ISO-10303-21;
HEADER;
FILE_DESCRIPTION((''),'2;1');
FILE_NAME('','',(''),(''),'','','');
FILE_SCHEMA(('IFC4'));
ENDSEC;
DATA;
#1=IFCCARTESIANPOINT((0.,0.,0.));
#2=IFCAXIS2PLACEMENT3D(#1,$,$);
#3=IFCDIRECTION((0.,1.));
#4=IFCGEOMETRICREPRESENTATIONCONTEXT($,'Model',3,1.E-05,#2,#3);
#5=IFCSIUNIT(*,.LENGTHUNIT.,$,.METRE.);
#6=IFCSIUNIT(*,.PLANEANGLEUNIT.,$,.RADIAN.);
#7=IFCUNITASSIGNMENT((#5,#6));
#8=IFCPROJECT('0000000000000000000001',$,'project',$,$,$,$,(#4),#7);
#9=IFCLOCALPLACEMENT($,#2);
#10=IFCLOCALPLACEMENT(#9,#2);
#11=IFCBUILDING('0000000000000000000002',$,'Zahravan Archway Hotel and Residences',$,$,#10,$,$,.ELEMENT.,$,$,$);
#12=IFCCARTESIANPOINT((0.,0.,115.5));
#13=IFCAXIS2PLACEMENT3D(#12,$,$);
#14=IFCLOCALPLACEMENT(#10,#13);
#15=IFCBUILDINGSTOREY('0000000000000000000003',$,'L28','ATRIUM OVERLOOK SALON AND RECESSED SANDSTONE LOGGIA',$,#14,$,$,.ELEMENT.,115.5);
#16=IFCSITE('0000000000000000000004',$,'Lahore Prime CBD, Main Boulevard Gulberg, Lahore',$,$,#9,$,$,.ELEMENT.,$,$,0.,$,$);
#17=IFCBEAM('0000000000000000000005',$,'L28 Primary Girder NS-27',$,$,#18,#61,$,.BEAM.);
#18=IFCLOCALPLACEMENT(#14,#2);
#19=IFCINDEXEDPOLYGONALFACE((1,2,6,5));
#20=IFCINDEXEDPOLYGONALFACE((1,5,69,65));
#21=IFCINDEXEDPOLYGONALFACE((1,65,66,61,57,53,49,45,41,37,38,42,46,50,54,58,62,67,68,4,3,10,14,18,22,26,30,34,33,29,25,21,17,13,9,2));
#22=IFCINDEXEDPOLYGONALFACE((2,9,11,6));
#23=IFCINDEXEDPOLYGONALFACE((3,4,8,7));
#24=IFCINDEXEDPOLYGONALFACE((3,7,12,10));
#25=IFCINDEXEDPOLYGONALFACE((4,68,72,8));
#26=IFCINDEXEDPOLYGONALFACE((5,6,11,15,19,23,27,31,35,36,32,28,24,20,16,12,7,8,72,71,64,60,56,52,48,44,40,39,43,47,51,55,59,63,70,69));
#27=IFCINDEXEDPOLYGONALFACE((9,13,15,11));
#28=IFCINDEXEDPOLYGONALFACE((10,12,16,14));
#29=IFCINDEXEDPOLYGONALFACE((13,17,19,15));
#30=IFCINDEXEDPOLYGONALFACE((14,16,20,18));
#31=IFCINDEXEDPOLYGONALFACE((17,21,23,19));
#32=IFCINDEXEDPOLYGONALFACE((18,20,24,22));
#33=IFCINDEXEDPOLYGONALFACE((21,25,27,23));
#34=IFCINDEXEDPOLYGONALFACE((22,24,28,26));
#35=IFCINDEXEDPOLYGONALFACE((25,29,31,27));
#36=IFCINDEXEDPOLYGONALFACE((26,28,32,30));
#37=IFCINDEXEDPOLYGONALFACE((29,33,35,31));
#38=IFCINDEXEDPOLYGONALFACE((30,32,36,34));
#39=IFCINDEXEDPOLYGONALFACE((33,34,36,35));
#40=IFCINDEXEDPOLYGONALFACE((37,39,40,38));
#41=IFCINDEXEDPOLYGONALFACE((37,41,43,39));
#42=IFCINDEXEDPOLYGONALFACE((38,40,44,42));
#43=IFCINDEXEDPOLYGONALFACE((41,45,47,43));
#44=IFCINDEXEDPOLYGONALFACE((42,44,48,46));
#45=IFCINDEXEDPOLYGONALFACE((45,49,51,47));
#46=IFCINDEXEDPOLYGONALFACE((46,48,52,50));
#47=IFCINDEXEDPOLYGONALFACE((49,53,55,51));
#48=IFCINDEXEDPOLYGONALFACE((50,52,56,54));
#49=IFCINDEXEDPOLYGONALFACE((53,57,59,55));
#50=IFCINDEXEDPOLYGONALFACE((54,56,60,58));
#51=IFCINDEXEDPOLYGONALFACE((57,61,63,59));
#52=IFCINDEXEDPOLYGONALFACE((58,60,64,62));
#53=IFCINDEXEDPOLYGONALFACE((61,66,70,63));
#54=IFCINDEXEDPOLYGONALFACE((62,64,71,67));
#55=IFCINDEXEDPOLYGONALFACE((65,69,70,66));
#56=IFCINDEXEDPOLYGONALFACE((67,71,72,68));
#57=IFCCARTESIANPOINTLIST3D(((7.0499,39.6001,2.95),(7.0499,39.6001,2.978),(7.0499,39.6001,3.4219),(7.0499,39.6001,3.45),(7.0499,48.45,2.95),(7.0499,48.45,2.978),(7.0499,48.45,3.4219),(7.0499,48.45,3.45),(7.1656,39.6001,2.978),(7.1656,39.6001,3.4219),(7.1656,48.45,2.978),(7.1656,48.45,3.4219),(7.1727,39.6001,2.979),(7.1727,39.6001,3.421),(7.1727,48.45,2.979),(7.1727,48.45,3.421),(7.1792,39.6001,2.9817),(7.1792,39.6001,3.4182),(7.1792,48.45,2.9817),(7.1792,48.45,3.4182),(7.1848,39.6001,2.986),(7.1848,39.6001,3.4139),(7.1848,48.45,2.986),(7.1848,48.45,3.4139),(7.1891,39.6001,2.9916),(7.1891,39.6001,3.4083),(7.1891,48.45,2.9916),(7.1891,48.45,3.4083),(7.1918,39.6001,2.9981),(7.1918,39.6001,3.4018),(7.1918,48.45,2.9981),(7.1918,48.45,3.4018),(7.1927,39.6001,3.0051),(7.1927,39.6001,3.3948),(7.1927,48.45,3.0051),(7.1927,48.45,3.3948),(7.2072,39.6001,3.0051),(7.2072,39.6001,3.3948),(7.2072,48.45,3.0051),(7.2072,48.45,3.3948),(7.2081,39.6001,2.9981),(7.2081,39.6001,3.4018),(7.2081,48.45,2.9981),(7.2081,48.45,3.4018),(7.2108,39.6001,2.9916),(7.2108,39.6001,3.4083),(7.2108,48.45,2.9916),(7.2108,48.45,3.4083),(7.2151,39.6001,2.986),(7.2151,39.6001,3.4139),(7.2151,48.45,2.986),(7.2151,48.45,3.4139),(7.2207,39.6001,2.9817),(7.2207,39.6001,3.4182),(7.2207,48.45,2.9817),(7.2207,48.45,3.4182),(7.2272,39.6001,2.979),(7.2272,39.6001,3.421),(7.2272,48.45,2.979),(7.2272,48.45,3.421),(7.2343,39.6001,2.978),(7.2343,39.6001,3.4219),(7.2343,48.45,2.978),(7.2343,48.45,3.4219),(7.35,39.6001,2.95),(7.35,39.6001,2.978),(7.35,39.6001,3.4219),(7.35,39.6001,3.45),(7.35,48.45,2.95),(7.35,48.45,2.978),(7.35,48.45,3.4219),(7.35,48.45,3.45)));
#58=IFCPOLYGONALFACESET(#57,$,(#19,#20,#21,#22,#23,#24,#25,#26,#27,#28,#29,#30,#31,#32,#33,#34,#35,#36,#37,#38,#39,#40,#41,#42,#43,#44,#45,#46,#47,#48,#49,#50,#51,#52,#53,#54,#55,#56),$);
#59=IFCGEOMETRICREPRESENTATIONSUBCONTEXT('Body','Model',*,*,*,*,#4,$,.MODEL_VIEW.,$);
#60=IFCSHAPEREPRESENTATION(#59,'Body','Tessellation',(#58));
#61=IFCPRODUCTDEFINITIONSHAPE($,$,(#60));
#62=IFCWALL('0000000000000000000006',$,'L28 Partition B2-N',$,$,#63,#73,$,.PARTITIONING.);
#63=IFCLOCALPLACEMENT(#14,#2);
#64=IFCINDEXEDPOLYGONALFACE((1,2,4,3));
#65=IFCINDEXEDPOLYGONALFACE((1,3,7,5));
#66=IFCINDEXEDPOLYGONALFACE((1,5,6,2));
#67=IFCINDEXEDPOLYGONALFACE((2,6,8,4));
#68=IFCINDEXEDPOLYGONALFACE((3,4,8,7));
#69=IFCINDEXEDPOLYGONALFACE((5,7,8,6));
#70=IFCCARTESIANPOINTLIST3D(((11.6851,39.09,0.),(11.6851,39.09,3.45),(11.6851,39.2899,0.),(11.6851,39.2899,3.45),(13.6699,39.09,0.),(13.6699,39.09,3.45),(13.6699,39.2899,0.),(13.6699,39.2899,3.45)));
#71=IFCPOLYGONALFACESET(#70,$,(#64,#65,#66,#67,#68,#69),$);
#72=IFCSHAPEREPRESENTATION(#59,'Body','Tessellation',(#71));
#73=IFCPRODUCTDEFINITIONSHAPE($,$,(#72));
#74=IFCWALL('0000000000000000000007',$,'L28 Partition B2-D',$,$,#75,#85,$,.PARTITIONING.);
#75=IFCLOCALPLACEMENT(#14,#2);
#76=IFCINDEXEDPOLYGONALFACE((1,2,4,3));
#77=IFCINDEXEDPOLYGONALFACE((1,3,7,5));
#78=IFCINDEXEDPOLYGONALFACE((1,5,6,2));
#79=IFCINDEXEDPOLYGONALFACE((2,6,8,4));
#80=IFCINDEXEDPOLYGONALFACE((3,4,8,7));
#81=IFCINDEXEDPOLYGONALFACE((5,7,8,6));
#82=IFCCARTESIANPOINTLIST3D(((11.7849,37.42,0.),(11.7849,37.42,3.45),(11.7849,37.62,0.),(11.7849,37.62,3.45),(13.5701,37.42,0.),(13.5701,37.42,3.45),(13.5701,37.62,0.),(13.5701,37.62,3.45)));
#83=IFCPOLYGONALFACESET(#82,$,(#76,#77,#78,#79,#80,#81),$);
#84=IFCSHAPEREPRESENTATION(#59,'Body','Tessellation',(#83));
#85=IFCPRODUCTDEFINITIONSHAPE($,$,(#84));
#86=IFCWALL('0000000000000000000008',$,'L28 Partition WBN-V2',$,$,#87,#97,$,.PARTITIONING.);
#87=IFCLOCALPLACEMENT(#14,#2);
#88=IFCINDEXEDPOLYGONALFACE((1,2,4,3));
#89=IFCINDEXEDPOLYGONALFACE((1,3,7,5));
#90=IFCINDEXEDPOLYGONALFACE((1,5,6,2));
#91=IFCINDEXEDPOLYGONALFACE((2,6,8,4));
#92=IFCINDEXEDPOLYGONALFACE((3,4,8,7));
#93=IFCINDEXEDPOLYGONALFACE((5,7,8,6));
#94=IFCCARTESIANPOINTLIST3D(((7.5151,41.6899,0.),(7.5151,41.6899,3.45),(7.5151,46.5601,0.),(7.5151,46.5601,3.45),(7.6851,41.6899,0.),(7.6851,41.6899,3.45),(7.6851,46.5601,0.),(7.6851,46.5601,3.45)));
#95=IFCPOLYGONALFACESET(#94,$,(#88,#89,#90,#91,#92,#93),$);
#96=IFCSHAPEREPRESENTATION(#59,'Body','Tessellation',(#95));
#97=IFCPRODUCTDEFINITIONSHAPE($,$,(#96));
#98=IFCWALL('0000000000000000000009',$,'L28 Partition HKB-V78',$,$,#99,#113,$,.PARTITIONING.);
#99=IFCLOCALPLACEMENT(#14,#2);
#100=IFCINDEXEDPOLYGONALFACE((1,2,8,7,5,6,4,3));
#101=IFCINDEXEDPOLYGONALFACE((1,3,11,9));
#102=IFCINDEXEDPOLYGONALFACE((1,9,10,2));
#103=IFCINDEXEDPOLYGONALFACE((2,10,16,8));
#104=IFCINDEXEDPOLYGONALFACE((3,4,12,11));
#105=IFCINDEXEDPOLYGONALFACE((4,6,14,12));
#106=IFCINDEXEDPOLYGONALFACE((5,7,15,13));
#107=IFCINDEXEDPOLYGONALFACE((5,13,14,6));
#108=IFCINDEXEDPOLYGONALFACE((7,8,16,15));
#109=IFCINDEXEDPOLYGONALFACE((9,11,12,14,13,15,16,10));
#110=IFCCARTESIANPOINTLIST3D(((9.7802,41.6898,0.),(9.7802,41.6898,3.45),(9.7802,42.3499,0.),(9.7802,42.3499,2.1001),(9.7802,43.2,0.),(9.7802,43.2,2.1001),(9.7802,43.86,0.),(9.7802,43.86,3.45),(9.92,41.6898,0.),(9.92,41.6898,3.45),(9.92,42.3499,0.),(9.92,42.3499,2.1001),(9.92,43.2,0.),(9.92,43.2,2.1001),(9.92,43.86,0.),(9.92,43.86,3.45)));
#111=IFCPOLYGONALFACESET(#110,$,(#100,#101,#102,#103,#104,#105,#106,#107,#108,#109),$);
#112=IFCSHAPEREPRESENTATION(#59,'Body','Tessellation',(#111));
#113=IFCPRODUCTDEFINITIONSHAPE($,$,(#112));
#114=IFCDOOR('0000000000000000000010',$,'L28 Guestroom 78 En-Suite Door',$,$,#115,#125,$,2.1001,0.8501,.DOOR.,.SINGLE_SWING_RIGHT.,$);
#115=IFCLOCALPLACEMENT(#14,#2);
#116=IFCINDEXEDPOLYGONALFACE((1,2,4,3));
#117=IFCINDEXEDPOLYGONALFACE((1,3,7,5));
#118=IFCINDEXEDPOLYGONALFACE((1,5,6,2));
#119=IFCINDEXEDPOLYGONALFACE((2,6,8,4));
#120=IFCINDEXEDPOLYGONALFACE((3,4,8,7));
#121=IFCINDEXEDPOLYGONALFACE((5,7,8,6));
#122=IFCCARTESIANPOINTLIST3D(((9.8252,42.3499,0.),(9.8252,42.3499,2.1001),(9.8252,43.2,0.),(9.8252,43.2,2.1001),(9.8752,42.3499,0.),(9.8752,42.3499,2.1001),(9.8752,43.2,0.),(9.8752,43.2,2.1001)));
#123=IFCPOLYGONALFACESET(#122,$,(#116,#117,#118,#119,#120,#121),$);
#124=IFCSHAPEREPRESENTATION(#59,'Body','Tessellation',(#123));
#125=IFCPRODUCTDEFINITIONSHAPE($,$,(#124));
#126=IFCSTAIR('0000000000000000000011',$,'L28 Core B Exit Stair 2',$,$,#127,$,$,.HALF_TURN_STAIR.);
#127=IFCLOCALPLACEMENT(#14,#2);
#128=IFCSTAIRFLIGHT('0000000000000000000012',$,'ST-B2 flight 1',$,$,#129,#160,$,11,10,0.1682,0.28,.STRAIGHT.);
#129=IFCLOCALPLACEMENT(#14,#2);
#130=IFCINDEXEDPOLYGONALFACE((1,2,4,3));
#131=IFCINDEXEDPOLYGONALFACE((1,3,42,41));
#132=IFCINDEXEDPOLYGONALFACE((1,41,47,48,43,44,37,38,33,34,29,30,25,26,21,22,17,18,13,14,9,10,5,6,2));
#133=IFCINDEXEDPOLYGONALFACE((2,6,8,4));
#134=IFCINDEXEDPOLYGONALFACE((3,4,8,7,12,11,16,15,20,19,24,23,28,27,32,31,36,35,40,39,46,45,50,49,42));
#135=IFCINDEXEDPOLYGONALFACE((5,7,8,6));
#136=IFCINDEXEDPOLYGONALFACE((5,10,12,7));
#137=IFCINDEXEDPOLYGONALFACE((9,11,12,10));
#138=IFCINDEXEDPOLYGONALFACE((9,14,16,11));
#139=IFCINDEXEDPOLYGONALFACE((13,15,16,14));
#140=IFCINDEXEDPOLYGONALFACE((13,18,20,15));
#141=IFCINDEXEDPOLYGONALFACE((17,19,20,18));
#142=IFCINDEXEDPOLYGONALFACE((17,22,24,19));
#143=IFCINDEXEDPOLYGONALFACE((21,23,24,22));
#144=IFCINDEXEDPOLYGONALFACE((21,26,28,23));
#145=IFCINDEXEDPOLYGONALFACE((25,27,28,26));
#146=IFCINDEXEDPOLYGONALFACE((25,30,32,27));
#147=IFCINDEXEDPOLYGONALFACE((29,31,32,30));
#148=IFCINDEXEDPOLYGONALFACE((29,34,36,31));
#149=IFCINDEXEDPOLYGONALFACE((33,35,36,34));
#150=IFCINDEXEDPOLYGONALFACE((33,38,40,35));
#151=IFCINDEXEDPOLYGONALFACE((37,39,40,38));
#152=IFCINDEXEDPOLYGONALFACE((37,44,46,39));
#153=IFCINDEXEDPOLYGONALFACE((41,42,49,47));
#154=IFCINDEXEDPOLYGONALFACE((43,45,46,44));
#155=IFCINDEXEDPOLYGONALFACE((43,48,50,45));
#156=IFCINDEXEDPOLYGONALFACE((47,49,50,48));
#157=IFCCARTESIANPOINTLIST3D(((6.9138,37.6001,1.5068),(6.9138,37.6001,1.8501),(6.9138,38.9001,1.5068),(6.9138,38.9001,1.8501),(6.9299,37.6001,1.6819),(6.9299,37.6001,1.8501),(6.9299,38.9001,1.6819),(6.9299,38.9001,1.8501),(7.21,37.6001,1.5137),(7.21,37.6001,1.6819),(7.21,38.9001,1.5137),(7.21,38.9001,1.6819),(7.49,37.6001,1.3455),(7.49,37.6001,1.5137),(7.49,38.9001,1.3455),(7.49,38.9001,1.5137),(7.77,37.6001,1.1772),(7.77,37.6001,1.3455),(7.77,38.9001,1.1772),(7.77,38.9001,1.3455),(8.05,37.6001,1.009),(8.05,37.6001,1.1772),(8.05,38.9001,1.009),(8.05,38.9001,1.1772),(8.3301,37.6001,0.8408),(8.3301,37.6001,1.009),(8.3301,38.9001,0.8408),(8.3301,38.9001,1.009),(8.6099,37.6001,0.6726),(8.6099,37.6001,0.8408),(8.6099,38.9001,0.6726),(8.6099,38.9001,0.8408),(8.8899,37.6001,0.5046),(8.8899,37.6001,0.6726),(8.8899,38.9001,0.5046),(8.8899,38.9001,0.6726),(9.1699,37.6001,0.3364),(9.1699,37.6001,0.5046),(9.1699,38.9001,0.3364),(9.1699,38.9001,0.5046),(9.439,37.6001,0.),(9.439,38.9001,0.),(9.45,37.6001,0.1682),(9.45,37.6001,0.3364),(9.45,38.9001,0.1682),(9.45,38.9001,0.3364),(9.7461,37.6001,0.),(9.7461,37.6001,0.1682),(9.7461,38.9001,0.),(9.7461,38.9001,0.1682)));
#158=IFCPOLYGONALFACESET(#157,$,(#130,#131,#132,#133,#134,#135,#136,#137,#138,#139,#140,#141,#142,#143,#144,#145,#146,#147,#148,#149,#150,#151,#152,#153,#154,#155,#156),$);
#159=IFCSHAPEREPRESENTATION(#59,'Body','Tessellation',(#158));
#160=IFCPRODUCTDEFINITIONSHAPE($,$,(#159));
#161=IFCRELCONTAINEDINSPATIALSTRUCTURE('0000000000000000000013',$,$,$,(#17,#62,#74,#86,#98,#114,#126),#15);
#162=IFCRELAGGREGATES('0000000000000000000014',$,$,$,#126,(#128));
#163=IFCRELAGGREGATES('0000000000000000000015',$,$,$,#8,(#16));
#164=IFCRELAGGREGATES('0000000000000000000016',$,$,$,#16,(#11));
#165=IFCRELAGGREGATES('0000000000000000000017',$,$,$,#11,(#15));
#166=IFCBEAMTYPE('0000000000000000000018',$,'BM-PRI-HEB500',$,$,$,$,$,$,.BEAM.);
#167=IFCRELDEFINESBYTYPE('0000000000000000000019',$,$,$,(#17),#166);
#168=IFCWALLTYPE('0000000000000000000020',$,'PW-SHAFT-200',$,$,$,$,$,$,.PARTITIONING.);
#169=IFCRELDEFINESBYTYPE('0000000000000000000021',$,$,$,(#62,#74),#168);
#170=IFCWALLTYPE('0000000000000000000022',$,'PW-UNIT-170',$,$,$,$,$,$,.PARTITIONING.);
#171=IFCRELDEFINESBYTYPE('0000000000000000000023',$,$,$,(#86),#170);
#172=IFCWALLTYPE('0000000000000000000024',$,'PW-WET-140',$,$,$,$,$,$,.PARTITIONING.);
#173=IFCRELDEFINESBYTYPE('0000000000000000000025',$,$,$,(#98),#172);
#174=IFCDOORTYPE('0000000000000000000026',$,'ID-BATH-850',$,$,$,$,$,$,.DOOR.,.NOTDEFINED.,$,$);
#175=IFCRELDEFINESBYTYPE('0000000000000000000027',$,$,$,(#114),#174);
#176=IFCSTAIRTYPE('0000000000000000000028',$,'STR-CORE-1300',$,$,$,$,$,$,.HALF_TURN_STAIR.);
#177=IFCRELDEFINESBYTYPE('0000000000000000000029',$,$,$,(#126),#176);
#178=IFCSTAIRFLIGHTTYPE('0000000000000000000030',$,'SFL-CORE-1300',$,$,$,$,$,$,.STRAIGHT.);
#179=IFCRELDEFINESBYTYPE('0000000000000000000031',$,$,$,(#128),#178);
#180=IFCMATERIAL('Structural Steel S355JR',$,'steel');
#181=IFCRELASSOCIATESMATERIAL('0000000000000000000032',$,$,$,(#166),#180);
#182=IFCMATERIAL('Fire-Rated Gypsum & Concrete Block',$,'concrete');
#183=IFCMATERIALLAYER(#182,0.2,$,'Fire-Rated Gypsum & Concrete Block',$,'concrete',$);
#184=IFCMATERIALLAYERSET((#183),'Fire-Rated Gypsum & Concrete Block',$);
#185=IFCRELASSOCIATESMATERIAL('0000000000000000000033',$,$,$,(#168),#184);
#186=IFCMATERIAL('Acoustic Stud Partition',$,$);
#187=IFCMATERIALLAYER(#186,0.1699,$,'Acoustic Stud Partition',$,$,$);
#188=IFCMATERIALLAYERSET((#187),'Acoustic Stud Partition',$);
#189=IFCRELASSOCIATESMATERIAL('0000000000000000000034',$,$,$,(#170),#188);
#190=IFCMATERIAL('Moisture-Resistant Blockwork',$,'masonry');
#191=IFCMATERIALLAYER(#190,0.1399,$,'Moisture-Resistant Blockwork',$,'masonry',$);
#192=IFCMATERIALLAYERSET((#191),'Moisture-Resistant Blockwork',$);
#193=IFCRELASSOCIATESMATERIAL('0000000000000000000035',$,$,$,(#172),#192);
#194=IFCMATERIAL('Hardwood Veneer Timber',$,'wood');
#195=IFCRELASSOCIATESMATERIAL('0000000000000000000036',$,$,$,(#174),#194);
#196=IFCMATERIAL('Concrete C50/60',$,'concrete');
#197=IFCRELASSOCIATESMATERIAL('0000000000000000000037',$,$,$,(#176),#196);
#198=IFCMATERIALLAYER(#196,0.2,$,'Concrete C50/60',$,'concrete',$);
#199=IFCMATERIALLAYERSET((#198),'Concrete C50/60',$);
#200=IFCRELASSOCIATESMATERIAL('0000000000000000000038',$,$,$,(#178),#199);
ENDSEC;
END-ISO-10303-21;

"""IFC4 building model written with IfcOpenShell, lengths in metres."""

from ifc_helpers import new_model, si_unit, direction, frame, frame_2d, origin, origin_2d, place, context, subcontext, project, spatial, polyline, rectangle, i_section, outline, extrude, source, transform, mapped, material, layer, layer_set, material_profile, profile_set, type_object, type_shapes, element, fill, aggregate, save


model = new_model("IFC4")

# Units and contexts
model_context = context("Model", 3, precision=1e-05, world=origin(), true_north=direction((0.0, 1.0)))
body_context = subcontext(model_context, "Body", "Model", "MODEL_VIEW")
ifc_project = project(units=[si_unit("LENGTHUNIT", "METRE"), si_unit("PLANEANGLEUNIT", "RADIAN")], contexts=[model_context])

# Site, building, storey
site_placement = place(None, origin())
site = spatial("IfcSite", under=ifc_project, at=site_placement, Name="Lahore Prime CBD, Main Boulevard Gulberg, Lahore", CompositionType="ELEMENT", RefElevation=0.0)
building_placement = place(site_placement, origin())
building = spatial("IfcBuilding", under=site, at=building_placement, Name="Zahravan Archway Hotel and Residences", CompositionType="ELEMENT")
storey_placement = place(building_placement, frame((0.0, 0.0, 115.5)))
storey = spatial("IfcBuildingStorey", under=building, at=storey_placement, Name="L28", Description="ATRIUM OVERLOOK SALON AND RECESSED SANDSTONE LOGGIA", CompositionType="ELEMENT", Elevation=115.5)

# Beam
ifc_material_1 = material(Name="Structural Steel S355JR", Category="steel")
ifc_material_profile_1 = material_profile(ifc_material_1, i_section(OverallWidth=0.3, OverallDepth=0.5, WebThickness=0.0144, FlangeThickness=0.0281, FilletRadius=0.0271, at=origin_2d()), Name="HEB 500", Category="steel")
ifc_profile_set_1 = profile_set([ifc_material_profile_1], Name="Structural Steel S355JR")
beam_type_1 = type_object("IfcBeamType", Name="BM-PRI-HEB500", PredefinedType="BEAM", material=ifc_profile_set_1)
shared_shape_1 = source(origin(), body_context, "Body", "SweptSolid", [
    extrude(i_section(OverallWidth=0.3, OverallDepth=0.5, WebThickness=0.0144, FlangeThickness=0.0281, FilletRadius=0.0271, at=origin_2d()), origin(), (0.0, 0.0, 1.0), 8.8499),
])
beam_1_placement = place(storey_placement, frame((7.2, 39.6001, 3.2), z_axis=(0.0, 1.0, 0.0), x_axis=(-1.0, 0.0, 0.0)))
element("IfcBeam", 1, at=beam_1_placement, inside=storey, type_object=beam_type_1, Name="L28 Primary Girder NS-27", PredefinedType="BEAM", context=body_context, shape_type="MappedRepresentation", body=[
    mapped(shared_shape_1, transform((0.0, 0.0, 0.0), scale=1.0)),
])

# Walls
ifc_material_2 = material(Name="Fire-Rated Gypsum & Concrete Block", Category="concrete")
ifc_layer_1 = layer(ifc_material_2, 0.2, Name="Fire-Rated Gypsum & Concrete Block", Category="concrete")
ifc_layer_set_1 = layer_set([ifc_layer_1], Name="Fire-Rated Gypsum & Concrete Block")
wall_type_1 = type_object("IfcWallType", Name="PW-SHAFT-200", PredefinedType="PARTITIONING", material=ifc_layer_set_1)
wall_1_placement = place(storey_placement, frame((11.6851, 39.1899, 0.0), z_axis=(0.0, 0.0, 1.0), x_axis=(1.0, 0.0, 0.0)))
element("IfcWall", 2, at=wall_1_placement, inside=storey, type_object=wall_type_1, Name="L28 Partition B2-N", PredefinedType="PARTITIONING", context=body_context, shape_type="SweptSolid", body=[
    extrude(rectangle(XDim=1.9849, YDim=0.2, at=frame_2d((0.9924, 0.0))), origin(), (0.0, 0.0, 1.0), 3.45),
])
wall_2_placement = place(storey_placement, frame((11.7849, 37.52, 0.0), z_axis=(0.0, 0.0, 1.0), x_axis=(1.0, 0.0, 0.0)))
element("IfcWall", 3, at=wall_2_placement, inside=storey, type_object=wall_type_1, Name="L28 Partition B2-D", PredefinedType="PARTITIONING", context=body_context, shape_type="SweptSolid", body=[
    extrude(rectangle(XDim=1.7852, YDim=0.2, at=frame_2d((0.8926, 0.0))), origin(), (0.0, 0.0, 1.0), 3.45),
])
ifc_material_3 = material(Name="Acoustic Stud Partition")
ifc_layer_2 = layer(ifc_material_3, 0.1699, Name="Acoustic Stud Partition")
ifc_layer_set_2 = layer_set([ifc_layer_2], Name="Acoustic Stud Partition")
wall_type_2 = type_object("IfcWallType", Name="PW-UNIT-170", PredefinedType="PARTITIONING", material=ifc_layer_set_2)
wall_3_placement = place(storey_placement, frame((7.6001, 41.6899, 0.0), z_axis=(0.0, 0.0, 1.0), x_axis=(0.0, 1.0, 0.0)))
element("IfcWall", 4, at=wall_3_placement, inside=storey, type_object=wall_type_2, Name="L28 Partition WBN-V2", PredefinedType="PARTITIONING", context=body_context, shape_type="SweptSolid", body=[
    extrude(rectangle(XDim=4.8701, YDim=0.1699, at=frame_2d((2.4351, 0.0))), origin(), (0.0, 0.0, 1.0), 3.45),
])
ifc_material_4 = material(Name="Moisture-Resistant Blockwork", Category="masonry")
ifc_layer_3 = layer(ifc_material_4, 0.1399, Name="Moisture-Resistant Blockwork", Category="masonry")
ifc_layer_set_3 = layer_set([ifc_layer_3], Name="Moisture-Resistant Blockwork")
wall_type_3 = type_object("IfcWallType", Name="PW-WET-140", PredefinedType="PARTITIONING", material=ifc_layer_set_3)

# Wall, opening, door
wall_4_placement = place(storey_placement, frame((9.8501, 41.6899, 0.0), z_axis=(0.0, 0.0, 1.0), x_axis=(0.0, 1.0, 0.0)))
wall_4 = element("IfcWall", 5, at=wall_4_placement, inside=storey, type_object=wall_type_3, Name="L28 Partition HKB-V78", PredefinedType="PARTITIONING", context=body_context, shape_type="SweptSolid", body=[
    extrude(rectangle(XDim=2.1702, YDim=0.1399, at=frame_2d((1.085, 0.0))), origin(), (0.0, 0.0, 1.0), 3.45),
])
opening_placement = place(wall_4_placement, frame((0.6599, 0.0, 0.0)))
opening = element("IfcOpeningElement", 6, at=opening_placement, cuts=wall_4, PredefinedType="OPENING", context=body_context, shape_type="SweptSolid", body=[
    extrude(rectangle(XDim=0.8501, YDim=2.1001, at=frame_2d((0.425, 1.05))), frame((0.0, 0.0801, 0.0), z_axis=(0.0, -1.0, 0.0), x_axis=(1.0, 0.0, 0.0)), (0.0, 0.0, 1.0), 0.1599),
])
ifc_material_5 = material(Name="Hardwood Veneer Timber", Category="wood")
door_type = type_object("IfcDoorType", Name="ID-BATH-850", OperationType="NOTDEFINED", PredefinedType="DOOR", material=ifc_material_5)
shared_shape_2 = source(origin(), body_context, "Body", "SweptSolid", [
    extrude(rectangle(XDim=0.8501, YDim=2.1001, at=frame_2d((0.425, 1.05))), frame((0.0, 0.0249, 0.0), z_axis=(0.0, -1.0, 0.0), x_axis=(1.0, 0.0, 0.0)), (0.0, 0.0, 1.0), 0.05),
])
type_shapes(door_type, [shared_shape_2])
door_placement = place(opening_placement, origin())
door = element("IfcDoor", 7, at=door_placement, inside=storey, type_object=door_type, Name="L28 Guestroom 78 En-Suite Door", OperationType="SINGLE_SWING_RIGHT", OverallHeight=2.1001, OverallWidth=0.8501, PredefinedType="DOOR", context=body_context, shape_type="MappedRepresentation", body=[
    mapped(shared_shape_2, transform((0.0, 0.0, 0.0), scale=1.0)),
])
fill(opening, door)

# Stair, stair flight
ifc_material_6 = material(Name="Concrete C50/60", Category="concrete")
stair_type = type_object("IfcStairType", Name="STR-CORE-1300", PredefinedType="HALF_TURN_STAIR", material=ifc_material_6)
stair_placement = place(storey_placement, origin())
stair = element("IfcStair", 8, at=stair_placement, inside=storey, type_object=stair_type, Name="L28 Core B Exit Stair 2", PredefinedType="HALF_TURN_STAIR")
ifc_layer_4 = layer(ifc_material_6, 0.2, Name="Concrete C50/60", Category="concrete")
ifc_layer_set_4 = layer_set([ifc_layer_4], Name="Concrete C50/60")
stair_flight_type = type_object("IfcStairFlightType", Name="SFL-CORE-1300", PredefinedType="STRAIGHT", material=ifc_layer_set_4)
shared_shape_3 = source(origin(), body_context, "Body", "SweptSolid", [
    extrude(outline(polyline([(-0.0161, 0.0), (-0.0161, 0.1682), (0.28, 0.1682), (0.28, 0.3364), (0.5601, 0.3364), (0.5601, 0.5046), (0.8401, 0.5046), (0.8401, 0.6726), (1.1201, 0.6726), (1.1201, 0.8408), (1.3999, 0.8408), (1.3999, 1.009), (1.6799, 1.009), (1.6799, 1.1772), (1.96, 1.1772), (1.96, 1.3455), (2.24, 1.3455), (2.24, 1.5137), (2.52, 1.5137), (2.52, 1.6819), (2.8, 1.6819), (2.8, 1.8501), (2.8162, 1.8501), (2.8162, 1.5068), (0.291, 0.0), (-0.0161, 0.0)])), frame((0.0, 0.6499, 0.0), z_axis=(0.0, -1.0, 0.0), x_axis=(1.0, 0.0, 0.0)), (0.0, 0.0, 1.0), 1.3),
])
stair_flight_placement = place(storey_placement, frame((9.73, 38.25, 0.0), z_axis=(0.0, 0.0, 1.0), x_axis=(-1.0, 0.0, 0.0)))
stair_flight = element("IfcStairFlight", 9, at=stair_flight_placement, type_object=stair_flight_type, Name="ST-B2 flight 1", NumberOfRisers=11, NumberOfTreads=10, PredefinedType="STRAIGHT", RiserHeight=0.1682, TreadLength=0.28, context=body_context, shape_type="MappedRepresentation", body=[
    mapped(shared_shape_3, transform((0.0, 0.0, 0.0), scale=1.0)),
])
aggregate(stair, [stair_flight])

save(model, "model.ifc")
